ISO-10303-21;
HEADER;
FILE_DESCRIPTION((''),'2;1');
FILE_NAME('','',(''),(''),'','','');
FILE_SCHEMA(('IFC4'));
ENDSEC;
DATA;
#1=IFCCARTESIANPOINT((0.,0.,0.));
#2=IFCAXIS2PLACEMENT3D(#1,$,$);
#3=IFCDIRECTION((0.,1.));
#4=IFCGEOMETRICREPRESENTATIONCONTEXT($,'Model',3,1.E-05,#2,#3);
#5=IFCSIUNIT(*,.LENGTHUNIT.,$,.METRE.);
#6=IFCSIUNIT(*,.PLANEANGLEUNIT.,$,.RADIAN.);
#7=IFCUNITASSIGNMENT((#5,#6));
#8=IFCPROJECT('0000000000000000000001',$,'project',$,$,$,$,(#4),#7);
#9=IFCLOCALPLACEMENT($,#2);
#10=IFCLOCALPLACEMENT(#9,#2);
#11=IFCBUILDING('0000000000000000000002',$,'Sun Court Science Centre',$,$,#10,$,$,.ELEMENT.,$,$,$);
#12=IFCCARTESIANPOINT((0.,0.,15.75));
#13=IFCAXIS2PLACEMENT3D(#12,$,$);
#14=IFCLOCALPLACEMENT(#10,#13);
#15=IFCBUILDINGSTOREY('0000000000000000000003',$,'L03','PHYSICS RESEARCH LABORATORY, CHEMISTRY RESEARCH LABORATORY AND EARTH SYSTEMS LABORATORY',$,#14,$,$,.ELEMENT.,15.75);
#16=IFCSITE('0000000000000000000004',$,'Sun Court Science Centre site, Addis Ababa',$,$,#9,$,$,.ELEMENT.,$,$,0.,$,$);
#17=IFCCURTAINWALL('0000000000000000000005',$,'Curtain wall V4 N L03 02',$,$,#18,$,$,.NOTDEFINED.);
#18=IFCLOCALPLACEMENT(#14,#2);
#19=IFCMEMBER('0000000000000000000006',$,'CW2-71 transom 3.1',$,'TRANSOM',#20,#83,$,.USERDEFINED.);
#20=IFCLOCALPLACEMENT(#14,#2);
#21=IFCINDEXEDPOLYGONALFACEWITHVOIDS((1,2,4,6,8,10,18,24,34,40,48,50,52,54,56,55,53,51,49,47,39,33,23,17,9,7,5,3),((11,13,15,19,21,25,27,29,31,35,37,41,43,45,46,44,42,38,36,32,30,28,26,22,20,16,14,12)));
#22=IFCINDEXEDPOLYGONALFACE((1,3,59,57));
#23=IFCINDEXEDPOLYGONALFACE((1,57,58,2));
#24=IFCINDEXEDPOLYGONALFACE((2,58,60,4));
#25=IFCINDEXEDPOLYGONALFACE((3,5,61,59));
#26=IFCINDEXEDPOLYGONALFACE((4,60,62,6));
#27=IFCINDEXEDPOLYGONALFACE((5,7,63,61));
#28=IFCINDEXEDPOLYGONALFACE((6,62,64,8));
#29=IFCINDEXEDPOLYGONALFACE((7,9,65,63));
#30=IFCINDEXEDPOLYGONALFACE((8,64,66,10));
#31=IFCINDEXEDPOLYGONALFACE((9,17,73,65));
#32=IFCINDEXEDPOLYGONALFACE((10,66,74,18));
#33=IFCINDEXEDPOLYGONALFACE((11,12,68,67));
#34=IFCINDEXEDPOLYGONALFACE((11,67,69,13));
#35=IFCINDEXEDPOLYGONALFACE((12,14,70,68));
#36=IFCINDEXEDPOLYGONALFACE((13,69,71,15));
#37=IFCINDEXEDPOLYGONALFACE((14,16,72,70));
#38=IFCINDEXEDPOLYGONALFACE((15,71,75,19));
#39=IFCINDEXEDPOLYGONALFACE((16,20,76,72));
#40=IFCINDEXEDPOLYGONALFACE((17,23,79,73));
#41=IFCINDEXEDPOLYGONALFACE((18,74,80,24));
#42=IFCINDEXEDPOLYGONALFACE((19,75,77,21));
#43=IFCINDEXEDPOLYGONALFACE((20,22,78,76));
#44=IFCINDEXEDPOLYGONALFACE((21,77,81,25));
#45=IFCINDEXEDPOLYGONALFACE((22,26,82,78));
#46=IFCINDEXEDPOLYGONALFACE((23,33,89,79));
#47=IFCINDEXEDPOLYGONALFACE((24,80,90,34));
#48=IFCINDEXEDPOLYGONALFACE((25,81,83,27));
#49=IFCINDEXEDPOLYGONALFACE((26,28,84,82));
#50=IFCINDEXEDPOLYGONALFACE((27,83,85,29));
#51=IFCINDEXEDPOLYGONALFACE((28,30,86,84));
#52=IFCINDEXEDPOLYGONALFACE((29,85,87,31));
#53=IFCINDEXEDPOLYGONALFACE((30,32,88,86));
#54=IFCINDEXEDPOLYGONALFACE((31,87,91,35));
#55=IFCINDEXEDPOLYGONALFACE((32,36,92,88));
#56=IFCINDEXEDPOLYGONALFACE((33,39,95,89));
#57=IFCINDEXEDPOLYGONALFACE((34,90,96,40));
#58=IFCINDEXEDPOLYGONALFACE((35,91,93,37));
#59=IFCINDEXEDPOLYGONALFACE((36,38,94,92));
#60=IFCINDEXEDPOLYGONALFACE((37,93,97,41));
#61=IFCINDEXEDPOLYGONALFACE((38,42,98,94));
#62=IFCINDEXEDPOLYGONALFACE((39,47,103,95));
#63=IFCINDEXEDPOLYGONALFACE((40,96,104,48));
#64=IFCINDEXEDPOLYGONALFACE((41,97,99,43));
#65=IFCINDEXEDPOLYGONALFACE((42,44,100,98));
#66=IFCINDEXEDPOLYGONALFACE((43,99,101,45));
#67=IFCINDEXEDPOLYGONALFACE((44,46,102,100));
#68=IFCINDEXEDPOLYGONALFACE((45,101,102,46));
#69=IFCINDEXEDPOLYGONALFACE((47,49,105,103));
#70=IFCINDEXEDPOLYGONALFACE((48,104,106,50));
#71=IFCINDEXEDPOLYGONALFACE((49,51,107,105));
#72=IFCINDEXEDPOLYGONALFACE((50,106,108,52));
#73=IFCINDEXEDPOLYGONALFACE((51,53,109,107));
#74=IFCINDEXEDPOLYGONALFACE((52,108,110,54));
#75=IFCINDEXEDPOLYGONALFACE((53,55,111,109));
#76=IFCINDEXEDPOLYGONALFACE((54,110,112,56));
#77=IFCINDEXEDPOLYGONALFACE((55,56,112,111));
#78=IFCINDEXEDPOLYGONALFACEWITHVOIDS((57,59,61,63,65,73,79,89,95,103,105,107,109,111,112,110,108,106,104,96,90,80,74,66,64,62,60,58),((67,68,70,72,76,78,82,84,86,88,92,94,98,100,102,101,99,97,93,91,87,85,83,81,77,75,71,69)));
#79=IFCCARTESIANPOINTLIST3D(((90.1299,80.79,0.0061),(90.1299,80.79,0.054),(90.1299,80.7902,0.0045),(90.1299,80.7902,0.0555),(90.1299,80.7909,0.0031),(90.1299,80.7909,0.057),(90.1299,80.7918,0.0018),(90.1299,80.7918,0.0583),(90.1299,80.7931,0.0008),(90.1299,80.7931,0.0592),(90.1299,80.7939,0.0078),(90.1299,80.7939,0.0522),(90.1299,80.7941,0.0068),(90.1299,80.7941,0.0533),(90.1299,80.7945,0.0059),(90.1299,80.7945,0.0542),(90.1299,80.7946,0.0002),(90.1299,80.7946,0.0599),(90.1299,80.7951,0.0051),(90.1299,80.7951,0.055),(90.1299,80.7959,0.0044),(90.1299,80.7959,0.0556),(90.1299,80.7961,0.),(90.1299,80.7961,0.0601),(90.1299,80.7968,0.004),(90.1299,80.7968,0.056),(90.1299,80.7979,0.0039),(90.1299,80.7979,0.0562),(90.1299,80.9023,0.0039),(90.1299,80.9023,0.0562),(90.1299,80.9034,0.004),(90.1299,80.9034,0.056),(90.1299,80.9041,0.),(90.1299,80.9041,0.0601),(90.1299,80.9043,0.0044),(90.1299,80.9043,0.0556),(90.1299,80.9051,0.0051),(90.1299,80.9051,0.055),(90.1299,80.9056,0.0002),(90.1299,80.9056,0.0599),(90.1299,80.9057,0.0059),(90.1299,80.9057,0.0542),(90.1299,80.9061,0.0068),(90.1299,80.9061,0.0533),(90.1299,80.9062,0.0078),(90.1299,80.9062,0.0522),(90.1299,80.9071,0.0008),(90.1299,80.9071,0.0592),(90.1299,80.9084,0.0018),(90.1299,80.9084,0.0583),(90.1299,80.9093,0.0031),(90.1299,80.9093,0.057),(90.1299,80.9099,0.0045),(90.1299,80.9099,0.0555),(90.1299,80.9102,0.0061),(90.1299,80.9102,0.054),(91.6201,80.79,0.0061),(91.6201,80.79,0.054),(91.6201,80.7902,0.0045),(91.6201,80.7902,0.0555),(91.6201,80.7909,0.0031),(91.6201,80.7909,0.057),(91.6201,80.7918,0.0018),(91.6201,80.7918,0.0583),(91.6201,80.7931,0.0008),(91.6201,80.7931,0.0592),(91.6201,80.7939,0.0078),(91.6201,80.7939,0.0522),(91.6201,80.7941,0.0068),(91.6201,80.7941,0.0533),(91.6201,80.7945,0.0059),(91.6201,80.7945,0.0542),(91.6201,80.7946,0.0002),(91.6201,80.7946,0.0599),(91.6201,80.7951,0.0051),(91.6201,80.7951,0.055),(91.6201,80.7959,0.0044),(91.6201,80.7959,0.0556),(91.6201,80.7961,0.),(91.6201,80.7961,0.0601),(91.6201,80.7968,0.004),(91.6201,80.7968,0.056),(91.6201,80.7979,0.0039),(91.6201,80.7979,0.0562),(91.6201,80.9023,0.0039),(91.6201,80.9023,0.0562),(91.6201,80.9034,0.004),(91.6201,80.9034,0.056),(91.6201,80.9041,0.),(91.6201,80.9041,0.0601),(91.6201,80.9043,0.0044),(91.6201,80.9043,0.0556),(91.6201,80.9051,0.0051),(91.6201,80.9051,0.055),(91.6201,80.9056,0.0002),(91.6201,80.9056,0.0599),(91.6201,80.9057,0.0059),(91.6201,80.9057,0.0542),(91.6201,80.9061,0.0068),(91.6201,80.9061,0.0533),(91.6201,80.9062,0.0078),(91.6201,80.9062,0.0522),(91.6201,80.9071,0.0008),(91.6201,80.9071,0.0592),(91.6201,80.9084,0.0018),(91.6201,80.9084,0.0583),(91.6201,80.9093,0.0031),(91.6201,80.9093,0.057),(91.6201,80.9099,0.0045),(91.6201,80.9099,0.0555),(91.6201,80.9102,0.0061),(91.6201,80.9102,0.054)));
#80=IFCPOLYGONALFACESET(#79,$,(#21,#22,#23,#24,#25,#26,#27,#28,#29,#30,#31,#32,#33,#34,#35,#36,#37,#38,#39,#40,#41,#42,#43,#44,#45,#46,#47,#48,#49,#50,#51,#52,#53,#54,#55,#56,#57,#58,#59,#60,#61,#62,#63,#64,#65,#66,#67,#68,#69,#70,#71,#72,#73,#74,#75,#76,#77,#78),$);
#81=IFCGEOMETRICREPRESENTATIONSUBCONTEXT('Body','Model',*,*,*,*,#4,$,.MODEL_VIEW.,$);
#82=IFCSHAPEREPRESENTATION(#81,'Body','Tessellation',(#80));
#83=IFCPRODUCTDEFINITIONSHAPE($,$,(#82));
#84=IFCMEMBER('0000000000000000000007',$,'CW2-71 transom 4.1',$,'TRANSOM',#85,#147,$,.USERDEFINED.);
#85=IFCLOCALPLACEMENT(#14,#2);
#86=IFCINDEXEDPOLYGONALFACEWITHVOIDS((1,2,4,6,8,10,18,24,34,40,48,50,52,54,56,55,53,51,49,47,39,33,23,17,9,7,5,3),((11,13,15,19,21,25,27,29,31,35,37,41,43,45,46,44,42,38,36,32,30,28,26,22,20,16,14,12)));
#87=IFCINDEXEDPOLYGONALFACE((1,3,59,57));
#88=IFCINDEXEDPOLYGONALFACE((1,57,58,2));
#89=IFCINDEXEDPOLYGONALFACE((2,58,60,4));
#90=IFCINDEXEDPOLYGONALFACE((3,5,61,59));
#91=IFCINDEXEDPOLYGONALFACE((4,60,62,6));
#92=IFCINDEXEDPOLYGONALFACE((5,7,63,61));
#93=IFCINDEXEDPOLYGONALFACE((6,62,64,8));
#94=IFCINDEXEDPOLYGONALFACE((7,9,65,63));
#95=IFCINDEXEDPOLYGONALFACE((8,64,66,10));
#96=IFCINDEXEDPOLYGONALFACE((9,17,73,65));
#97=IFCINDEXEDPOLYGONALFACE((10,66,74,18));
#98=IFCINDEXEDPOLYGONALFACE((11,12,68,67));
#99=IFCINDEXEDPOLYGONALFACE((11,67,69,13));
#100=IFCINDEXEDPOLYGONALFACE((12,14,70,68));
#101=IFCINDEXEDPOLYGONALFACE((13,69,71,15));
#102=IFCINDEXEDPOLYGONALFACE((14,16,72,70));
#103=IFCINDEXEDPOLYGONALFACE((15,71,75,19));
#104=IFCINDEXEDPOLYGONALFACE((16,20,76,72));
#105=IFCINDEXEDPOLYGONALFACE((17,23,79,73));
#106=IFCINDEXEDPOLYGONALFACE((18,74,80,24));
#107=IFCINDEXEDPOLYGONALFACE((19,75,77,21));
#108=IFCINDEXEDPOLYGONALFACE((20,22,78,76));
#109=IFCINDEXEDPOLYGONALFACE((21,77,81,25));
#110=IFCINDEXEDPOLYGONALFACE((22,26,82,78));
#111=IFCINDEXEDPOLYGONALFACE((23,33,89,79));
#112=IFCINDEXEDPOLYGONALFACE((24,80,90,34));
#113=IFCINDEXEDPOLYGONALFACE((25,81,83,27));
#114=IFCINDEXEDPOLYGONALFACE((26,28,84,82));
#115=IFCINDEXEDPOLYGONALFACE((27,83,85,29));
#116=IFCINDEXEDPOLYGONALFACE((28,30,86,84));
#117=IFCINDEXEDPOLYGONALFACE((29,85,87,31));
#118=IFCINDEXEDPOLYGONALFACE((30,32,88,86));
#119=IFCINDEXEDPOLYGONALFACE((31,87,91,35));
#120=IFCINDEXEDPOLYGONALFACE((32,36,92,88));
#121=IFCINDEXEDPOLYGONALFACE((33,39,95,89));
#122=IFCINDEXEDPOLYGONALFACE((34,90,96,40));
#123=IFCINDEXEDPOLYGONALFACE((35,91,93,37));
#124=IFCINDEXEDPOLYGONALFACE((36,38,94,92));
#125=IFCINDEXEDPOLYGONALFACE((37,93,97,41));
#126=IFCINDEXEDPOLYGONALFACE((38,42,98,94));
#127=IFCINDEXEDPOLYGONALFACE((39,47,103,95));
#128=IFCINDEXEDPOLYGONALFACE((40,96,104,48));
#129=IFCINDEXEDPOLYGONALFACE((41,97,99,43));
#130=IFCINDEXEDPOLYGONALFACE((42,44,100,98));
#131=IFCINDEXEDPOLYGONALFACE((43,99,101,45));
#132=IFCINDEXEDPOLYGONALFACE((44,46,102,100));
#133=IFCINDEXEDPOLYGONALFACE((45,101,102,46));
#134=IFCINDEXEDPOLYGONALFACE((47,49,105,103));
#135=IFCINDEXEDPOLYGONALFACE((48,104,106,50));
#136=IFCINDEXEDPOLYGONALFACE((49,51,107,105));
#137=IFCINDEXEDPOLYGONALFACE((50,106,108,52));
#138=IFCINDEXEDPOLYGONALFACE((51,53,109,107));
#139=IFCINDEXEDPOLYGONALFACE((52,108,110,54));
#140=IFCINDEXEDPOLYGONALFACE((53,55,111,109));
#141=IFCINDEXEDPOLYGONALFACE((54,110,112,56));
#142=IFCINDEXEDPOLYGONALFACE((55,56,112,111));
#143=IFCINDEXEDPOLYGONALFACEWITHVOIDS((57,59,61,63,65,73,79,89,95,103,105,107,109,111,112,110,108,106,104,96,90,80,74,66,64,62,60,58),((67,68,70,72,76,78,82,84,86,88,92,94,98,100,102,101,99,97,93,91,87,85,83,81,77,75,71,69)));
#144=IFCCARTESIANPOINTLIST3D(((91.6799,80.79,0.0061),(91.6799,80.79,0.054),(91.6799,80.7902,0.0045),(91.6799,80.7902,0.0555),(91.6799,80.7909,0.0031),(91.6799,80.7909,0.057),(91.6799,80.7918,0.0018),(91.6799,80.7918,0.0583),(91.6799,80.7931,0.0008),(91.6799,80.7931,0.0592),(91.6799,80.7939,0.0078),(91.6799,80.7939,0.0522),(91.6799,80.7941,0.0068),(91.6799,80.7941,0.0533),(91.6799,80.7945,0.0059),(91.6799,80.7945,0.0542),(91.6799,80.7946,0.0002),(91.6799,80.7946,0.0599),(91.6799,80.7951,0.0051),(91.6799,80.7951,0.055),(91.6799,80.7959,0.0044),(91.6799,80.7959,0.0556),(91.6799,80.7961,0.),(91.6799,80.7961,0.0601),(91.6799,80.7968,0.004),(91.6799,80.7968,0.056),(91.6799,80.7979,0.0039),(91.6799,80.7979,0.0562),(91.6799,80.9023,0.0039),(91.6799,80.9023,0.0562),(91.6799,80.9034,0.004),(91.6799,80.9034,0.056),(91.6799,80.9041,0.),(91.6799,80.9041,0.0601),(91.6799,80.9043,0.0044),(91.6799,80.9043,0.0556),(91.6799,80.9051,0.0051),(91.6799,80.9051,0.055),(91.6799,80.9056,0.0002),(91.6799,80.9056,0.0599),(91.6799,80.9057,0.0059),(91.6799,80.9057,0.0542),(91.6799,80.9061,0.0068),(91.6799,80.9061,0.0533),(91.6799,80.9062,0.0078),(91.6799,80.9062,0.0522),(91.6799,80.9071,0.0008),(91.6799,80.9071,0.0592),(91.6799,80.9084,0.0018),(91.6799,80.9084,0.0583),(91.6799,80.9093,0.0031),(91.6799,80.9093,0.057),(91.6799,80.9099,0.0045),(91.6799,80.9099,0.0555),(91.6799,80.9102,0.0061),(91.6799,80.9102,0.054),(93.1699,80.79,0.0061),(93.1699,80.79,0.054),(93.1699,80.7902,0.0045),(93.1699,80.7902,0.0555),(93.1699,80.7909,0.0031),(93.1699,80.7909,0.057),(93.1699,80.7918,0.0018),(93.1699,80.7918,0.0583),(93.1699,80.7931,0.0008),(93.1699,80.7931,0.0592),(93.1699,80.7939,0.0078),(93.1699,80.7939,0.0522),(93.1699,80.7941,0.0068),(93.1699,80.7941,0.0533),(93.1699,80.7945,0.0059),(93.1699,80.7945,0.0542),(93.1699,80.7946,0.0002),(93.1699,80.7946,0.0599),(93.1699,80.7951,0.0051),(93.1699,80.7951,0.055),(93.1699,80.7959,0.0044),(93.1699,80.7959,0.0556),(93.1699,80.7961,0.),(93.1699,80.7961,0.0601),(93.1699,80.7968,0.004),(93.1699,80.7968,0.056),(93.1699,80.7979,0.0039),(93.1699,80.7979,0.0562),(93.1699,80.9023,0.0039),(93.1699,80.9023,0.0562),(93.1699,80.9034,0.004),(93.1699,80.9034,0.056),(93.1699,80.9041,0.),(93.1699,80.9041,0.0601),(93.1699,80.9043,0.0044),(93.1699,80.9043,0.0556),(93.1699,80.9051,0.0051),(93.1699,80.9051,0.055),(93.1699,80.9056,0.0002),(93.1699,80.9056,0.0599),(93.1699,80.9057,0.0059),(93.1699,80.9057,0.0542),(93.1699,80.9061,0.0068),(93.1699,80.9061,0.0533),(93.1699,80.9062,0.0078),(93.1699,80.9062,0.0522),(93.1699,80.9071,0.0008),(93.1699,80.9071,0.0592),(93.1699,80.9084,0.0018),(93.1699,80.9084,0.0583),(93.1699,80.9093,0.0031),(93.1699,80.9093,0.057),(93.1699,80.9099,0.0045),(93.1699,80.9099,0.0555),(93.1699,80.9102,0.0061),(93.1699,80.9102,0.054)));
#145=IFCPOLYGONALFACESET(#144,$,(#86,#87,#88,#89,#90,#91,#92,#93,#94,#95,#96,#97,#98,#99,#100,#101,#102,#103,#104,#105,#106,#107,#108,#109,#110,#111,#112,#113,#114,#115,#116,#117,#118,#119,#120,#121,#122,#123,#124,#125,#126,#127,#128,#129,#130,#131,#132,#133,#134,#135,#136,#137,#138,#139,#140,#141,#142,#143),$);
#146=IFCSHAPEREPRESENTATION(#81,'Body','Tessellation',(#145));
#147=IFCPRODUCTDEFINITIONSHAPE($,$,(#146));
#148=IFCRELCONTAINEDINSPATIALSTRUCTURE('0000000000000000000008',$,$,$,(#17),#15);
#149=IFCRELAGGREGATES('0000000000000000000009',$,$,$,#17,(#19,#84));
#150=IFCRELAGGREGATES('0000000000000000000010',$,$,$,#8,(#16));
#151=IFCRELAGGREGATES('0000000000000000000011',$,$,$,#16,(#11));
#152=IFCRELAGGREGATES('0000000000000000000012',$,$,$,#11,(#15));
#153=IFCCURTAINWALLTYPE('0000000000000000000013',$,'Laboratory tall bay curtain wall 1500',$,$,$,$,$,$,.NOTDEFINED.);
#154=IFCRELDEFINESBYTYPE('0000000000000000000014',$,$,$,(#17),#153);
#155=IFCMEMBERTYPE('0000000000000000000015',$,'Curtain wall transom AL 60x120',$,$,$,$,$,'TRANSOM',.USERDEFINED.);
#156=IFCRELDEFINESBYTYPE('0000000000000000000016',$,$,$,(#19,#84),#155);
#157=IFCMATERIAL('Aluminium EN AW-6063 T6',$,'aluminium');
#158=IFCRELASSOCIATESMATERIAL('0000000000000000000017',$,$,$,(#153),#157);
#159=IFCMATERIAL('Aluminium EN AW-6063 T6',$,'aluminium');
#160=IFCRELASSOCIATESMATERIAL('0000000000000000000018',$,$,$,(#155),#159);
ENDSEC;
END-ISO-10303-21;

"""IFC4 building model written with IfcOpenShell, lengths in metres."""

from ifc_helpers import new_model, si_unit, direction, frame, origin, origin_2d, place, context, subcontext, project, spatial, hollow_rectangle, extrude, material, material_profile, profile_set, type_object, element, aggregate, save


model = new_model("IFC4")

# Units and contexts
model_context = context("Model", 3, precision=1e-05, world=origin(), true_north=direction((0.0, 1.0)))
body_context = subcontext(model_context, "Body", "Model", "MODEL_VIEW")
ifc_project = project(units=[si_unit("LENGTHUNIT", "METRE"), si_unit("PLANEANGLEUNIT", "RADIAN")], contexts=[model_context])

# Site, building, storey
site_placement = place(None, origin())
site = spatial("IfcSite", under=ifc_project, at=site_placement, Name="Sun Court Science Centre site, Addis Ababa", CompositionType="ELEMENT", RefElevation=0.0)
building_placement = place(site_placement, origin())
building = spatial("IfcBuilding", under=site, at=building_placement, Name="Sun Court Science Centre", CompositionType="ELEMENT")
storey_placement = place(building_placement, frame((0.0, 0.0, 15.75)))
storey = spatial("IfcBuildingStorey", under=building, at=storey_placement, Name="L03", Description="PHYSICS RESEARCH LABORATORY, CHEMISTRY RESEARCH LABORATORY AND EARTH SYSTEMS LABORATORY", CompositionType="ELEMENT", Elevation=15.75)

# Curtain wall
ifc_material_1 = material(Name="Aluminium EN AW-6063 T6", Category="aluminium")
curtain_wall_type = type_object("IfcCurtainWallType", Name="Laboratory tall bay curtain wall 1500", PredefinedType="NOTDEFINED", material=ifc_material_1)
curtain_wall_1_placement = place(storey_placement, origin())
curtain_wall_1 = element("IfcCurtainWall", 1, at=curtain_wall_1_placement, inside=storey, type_object=curtain_wall_type, Name="Curtain wall V4 N L03 02", PredefinedType="NOTDEFINED")

# Members
ifc_material_2 = material(Name="Aluminium EN AW-6063 T6", Category="aluminium")
ifc_material_profile_1 = material_profile(ifc_material_2, hollow_rectangle(XDim=0.0601, YDim=0.1201, WallThickness=0.0039, InnerFilletRadius=0.0039, OuterFilletRadius=0.0061, at=origin_2d()), Name="AL 60x120x4")
ifc_profile_set_1 = profile_set([ifc_material_profile_1], Name="Aluminium EN AW-6063 T6")
member_type_1 = type_object("IfcMemberType", Name="Curtain wall transom AL 60x120", ElementType="TRANSOM", PredefinedType="USERDEFINED", material=ifc_profile_set_1)
member_1_placement = place(storey_placement, frame((90.1299, 80.8501, 0.03), z_axis=(1.0, 0.0, 0.0), x_axis=(0.0, 0.0, 1.0)))
member_1 = element("IfcMember", 2, at=member_1_placement, type_object=member_type_1, Name="CW2-71 transom 3.1", ObjectType="TRANSOM", PredefinedType="USERDEFINED", context=body_context, shape_type="SweptSolid", body=[
    extrude(hollow_rectangle(XDim=0.0601, YDim=0.1201, WallThickness=0.0039, InnerFilletRadius=0.0039, OuterFilletRadius=0.0061, at=origin_2d()), origin(), (0.0, 0.0, 1.0), 1.4902),
])
member_2_placement = place(storey_placement, frame((91.6799, 80.8501, 0.03), z_axis=(1.0, 0.0, 0.0), x_axis=(0.0, 0.0, 1.0)))
member_2 = element("IfcMember", 3, at=member_2_placement, type_object=member_type_1, Name="CW2-71 transom 4.1", ObjectType="TRANSOM", PredefinedType="USERDEFINED", context=body_context, shape_type="SweptSolid", body=[
    extrude(hollow_rectangle(XDim=0.0601, YDim=0.1201, WallThickness=0.0039, InnerFilletRadius=0.0039, OuterFilletRadius=0.0061, at=origin_2d()), origin(), (0.0, 0.0, 1.0), 1.49),
])

aggregate(curtain_wall_1, [member_1, member_2])

save(model, "model.ifc")
